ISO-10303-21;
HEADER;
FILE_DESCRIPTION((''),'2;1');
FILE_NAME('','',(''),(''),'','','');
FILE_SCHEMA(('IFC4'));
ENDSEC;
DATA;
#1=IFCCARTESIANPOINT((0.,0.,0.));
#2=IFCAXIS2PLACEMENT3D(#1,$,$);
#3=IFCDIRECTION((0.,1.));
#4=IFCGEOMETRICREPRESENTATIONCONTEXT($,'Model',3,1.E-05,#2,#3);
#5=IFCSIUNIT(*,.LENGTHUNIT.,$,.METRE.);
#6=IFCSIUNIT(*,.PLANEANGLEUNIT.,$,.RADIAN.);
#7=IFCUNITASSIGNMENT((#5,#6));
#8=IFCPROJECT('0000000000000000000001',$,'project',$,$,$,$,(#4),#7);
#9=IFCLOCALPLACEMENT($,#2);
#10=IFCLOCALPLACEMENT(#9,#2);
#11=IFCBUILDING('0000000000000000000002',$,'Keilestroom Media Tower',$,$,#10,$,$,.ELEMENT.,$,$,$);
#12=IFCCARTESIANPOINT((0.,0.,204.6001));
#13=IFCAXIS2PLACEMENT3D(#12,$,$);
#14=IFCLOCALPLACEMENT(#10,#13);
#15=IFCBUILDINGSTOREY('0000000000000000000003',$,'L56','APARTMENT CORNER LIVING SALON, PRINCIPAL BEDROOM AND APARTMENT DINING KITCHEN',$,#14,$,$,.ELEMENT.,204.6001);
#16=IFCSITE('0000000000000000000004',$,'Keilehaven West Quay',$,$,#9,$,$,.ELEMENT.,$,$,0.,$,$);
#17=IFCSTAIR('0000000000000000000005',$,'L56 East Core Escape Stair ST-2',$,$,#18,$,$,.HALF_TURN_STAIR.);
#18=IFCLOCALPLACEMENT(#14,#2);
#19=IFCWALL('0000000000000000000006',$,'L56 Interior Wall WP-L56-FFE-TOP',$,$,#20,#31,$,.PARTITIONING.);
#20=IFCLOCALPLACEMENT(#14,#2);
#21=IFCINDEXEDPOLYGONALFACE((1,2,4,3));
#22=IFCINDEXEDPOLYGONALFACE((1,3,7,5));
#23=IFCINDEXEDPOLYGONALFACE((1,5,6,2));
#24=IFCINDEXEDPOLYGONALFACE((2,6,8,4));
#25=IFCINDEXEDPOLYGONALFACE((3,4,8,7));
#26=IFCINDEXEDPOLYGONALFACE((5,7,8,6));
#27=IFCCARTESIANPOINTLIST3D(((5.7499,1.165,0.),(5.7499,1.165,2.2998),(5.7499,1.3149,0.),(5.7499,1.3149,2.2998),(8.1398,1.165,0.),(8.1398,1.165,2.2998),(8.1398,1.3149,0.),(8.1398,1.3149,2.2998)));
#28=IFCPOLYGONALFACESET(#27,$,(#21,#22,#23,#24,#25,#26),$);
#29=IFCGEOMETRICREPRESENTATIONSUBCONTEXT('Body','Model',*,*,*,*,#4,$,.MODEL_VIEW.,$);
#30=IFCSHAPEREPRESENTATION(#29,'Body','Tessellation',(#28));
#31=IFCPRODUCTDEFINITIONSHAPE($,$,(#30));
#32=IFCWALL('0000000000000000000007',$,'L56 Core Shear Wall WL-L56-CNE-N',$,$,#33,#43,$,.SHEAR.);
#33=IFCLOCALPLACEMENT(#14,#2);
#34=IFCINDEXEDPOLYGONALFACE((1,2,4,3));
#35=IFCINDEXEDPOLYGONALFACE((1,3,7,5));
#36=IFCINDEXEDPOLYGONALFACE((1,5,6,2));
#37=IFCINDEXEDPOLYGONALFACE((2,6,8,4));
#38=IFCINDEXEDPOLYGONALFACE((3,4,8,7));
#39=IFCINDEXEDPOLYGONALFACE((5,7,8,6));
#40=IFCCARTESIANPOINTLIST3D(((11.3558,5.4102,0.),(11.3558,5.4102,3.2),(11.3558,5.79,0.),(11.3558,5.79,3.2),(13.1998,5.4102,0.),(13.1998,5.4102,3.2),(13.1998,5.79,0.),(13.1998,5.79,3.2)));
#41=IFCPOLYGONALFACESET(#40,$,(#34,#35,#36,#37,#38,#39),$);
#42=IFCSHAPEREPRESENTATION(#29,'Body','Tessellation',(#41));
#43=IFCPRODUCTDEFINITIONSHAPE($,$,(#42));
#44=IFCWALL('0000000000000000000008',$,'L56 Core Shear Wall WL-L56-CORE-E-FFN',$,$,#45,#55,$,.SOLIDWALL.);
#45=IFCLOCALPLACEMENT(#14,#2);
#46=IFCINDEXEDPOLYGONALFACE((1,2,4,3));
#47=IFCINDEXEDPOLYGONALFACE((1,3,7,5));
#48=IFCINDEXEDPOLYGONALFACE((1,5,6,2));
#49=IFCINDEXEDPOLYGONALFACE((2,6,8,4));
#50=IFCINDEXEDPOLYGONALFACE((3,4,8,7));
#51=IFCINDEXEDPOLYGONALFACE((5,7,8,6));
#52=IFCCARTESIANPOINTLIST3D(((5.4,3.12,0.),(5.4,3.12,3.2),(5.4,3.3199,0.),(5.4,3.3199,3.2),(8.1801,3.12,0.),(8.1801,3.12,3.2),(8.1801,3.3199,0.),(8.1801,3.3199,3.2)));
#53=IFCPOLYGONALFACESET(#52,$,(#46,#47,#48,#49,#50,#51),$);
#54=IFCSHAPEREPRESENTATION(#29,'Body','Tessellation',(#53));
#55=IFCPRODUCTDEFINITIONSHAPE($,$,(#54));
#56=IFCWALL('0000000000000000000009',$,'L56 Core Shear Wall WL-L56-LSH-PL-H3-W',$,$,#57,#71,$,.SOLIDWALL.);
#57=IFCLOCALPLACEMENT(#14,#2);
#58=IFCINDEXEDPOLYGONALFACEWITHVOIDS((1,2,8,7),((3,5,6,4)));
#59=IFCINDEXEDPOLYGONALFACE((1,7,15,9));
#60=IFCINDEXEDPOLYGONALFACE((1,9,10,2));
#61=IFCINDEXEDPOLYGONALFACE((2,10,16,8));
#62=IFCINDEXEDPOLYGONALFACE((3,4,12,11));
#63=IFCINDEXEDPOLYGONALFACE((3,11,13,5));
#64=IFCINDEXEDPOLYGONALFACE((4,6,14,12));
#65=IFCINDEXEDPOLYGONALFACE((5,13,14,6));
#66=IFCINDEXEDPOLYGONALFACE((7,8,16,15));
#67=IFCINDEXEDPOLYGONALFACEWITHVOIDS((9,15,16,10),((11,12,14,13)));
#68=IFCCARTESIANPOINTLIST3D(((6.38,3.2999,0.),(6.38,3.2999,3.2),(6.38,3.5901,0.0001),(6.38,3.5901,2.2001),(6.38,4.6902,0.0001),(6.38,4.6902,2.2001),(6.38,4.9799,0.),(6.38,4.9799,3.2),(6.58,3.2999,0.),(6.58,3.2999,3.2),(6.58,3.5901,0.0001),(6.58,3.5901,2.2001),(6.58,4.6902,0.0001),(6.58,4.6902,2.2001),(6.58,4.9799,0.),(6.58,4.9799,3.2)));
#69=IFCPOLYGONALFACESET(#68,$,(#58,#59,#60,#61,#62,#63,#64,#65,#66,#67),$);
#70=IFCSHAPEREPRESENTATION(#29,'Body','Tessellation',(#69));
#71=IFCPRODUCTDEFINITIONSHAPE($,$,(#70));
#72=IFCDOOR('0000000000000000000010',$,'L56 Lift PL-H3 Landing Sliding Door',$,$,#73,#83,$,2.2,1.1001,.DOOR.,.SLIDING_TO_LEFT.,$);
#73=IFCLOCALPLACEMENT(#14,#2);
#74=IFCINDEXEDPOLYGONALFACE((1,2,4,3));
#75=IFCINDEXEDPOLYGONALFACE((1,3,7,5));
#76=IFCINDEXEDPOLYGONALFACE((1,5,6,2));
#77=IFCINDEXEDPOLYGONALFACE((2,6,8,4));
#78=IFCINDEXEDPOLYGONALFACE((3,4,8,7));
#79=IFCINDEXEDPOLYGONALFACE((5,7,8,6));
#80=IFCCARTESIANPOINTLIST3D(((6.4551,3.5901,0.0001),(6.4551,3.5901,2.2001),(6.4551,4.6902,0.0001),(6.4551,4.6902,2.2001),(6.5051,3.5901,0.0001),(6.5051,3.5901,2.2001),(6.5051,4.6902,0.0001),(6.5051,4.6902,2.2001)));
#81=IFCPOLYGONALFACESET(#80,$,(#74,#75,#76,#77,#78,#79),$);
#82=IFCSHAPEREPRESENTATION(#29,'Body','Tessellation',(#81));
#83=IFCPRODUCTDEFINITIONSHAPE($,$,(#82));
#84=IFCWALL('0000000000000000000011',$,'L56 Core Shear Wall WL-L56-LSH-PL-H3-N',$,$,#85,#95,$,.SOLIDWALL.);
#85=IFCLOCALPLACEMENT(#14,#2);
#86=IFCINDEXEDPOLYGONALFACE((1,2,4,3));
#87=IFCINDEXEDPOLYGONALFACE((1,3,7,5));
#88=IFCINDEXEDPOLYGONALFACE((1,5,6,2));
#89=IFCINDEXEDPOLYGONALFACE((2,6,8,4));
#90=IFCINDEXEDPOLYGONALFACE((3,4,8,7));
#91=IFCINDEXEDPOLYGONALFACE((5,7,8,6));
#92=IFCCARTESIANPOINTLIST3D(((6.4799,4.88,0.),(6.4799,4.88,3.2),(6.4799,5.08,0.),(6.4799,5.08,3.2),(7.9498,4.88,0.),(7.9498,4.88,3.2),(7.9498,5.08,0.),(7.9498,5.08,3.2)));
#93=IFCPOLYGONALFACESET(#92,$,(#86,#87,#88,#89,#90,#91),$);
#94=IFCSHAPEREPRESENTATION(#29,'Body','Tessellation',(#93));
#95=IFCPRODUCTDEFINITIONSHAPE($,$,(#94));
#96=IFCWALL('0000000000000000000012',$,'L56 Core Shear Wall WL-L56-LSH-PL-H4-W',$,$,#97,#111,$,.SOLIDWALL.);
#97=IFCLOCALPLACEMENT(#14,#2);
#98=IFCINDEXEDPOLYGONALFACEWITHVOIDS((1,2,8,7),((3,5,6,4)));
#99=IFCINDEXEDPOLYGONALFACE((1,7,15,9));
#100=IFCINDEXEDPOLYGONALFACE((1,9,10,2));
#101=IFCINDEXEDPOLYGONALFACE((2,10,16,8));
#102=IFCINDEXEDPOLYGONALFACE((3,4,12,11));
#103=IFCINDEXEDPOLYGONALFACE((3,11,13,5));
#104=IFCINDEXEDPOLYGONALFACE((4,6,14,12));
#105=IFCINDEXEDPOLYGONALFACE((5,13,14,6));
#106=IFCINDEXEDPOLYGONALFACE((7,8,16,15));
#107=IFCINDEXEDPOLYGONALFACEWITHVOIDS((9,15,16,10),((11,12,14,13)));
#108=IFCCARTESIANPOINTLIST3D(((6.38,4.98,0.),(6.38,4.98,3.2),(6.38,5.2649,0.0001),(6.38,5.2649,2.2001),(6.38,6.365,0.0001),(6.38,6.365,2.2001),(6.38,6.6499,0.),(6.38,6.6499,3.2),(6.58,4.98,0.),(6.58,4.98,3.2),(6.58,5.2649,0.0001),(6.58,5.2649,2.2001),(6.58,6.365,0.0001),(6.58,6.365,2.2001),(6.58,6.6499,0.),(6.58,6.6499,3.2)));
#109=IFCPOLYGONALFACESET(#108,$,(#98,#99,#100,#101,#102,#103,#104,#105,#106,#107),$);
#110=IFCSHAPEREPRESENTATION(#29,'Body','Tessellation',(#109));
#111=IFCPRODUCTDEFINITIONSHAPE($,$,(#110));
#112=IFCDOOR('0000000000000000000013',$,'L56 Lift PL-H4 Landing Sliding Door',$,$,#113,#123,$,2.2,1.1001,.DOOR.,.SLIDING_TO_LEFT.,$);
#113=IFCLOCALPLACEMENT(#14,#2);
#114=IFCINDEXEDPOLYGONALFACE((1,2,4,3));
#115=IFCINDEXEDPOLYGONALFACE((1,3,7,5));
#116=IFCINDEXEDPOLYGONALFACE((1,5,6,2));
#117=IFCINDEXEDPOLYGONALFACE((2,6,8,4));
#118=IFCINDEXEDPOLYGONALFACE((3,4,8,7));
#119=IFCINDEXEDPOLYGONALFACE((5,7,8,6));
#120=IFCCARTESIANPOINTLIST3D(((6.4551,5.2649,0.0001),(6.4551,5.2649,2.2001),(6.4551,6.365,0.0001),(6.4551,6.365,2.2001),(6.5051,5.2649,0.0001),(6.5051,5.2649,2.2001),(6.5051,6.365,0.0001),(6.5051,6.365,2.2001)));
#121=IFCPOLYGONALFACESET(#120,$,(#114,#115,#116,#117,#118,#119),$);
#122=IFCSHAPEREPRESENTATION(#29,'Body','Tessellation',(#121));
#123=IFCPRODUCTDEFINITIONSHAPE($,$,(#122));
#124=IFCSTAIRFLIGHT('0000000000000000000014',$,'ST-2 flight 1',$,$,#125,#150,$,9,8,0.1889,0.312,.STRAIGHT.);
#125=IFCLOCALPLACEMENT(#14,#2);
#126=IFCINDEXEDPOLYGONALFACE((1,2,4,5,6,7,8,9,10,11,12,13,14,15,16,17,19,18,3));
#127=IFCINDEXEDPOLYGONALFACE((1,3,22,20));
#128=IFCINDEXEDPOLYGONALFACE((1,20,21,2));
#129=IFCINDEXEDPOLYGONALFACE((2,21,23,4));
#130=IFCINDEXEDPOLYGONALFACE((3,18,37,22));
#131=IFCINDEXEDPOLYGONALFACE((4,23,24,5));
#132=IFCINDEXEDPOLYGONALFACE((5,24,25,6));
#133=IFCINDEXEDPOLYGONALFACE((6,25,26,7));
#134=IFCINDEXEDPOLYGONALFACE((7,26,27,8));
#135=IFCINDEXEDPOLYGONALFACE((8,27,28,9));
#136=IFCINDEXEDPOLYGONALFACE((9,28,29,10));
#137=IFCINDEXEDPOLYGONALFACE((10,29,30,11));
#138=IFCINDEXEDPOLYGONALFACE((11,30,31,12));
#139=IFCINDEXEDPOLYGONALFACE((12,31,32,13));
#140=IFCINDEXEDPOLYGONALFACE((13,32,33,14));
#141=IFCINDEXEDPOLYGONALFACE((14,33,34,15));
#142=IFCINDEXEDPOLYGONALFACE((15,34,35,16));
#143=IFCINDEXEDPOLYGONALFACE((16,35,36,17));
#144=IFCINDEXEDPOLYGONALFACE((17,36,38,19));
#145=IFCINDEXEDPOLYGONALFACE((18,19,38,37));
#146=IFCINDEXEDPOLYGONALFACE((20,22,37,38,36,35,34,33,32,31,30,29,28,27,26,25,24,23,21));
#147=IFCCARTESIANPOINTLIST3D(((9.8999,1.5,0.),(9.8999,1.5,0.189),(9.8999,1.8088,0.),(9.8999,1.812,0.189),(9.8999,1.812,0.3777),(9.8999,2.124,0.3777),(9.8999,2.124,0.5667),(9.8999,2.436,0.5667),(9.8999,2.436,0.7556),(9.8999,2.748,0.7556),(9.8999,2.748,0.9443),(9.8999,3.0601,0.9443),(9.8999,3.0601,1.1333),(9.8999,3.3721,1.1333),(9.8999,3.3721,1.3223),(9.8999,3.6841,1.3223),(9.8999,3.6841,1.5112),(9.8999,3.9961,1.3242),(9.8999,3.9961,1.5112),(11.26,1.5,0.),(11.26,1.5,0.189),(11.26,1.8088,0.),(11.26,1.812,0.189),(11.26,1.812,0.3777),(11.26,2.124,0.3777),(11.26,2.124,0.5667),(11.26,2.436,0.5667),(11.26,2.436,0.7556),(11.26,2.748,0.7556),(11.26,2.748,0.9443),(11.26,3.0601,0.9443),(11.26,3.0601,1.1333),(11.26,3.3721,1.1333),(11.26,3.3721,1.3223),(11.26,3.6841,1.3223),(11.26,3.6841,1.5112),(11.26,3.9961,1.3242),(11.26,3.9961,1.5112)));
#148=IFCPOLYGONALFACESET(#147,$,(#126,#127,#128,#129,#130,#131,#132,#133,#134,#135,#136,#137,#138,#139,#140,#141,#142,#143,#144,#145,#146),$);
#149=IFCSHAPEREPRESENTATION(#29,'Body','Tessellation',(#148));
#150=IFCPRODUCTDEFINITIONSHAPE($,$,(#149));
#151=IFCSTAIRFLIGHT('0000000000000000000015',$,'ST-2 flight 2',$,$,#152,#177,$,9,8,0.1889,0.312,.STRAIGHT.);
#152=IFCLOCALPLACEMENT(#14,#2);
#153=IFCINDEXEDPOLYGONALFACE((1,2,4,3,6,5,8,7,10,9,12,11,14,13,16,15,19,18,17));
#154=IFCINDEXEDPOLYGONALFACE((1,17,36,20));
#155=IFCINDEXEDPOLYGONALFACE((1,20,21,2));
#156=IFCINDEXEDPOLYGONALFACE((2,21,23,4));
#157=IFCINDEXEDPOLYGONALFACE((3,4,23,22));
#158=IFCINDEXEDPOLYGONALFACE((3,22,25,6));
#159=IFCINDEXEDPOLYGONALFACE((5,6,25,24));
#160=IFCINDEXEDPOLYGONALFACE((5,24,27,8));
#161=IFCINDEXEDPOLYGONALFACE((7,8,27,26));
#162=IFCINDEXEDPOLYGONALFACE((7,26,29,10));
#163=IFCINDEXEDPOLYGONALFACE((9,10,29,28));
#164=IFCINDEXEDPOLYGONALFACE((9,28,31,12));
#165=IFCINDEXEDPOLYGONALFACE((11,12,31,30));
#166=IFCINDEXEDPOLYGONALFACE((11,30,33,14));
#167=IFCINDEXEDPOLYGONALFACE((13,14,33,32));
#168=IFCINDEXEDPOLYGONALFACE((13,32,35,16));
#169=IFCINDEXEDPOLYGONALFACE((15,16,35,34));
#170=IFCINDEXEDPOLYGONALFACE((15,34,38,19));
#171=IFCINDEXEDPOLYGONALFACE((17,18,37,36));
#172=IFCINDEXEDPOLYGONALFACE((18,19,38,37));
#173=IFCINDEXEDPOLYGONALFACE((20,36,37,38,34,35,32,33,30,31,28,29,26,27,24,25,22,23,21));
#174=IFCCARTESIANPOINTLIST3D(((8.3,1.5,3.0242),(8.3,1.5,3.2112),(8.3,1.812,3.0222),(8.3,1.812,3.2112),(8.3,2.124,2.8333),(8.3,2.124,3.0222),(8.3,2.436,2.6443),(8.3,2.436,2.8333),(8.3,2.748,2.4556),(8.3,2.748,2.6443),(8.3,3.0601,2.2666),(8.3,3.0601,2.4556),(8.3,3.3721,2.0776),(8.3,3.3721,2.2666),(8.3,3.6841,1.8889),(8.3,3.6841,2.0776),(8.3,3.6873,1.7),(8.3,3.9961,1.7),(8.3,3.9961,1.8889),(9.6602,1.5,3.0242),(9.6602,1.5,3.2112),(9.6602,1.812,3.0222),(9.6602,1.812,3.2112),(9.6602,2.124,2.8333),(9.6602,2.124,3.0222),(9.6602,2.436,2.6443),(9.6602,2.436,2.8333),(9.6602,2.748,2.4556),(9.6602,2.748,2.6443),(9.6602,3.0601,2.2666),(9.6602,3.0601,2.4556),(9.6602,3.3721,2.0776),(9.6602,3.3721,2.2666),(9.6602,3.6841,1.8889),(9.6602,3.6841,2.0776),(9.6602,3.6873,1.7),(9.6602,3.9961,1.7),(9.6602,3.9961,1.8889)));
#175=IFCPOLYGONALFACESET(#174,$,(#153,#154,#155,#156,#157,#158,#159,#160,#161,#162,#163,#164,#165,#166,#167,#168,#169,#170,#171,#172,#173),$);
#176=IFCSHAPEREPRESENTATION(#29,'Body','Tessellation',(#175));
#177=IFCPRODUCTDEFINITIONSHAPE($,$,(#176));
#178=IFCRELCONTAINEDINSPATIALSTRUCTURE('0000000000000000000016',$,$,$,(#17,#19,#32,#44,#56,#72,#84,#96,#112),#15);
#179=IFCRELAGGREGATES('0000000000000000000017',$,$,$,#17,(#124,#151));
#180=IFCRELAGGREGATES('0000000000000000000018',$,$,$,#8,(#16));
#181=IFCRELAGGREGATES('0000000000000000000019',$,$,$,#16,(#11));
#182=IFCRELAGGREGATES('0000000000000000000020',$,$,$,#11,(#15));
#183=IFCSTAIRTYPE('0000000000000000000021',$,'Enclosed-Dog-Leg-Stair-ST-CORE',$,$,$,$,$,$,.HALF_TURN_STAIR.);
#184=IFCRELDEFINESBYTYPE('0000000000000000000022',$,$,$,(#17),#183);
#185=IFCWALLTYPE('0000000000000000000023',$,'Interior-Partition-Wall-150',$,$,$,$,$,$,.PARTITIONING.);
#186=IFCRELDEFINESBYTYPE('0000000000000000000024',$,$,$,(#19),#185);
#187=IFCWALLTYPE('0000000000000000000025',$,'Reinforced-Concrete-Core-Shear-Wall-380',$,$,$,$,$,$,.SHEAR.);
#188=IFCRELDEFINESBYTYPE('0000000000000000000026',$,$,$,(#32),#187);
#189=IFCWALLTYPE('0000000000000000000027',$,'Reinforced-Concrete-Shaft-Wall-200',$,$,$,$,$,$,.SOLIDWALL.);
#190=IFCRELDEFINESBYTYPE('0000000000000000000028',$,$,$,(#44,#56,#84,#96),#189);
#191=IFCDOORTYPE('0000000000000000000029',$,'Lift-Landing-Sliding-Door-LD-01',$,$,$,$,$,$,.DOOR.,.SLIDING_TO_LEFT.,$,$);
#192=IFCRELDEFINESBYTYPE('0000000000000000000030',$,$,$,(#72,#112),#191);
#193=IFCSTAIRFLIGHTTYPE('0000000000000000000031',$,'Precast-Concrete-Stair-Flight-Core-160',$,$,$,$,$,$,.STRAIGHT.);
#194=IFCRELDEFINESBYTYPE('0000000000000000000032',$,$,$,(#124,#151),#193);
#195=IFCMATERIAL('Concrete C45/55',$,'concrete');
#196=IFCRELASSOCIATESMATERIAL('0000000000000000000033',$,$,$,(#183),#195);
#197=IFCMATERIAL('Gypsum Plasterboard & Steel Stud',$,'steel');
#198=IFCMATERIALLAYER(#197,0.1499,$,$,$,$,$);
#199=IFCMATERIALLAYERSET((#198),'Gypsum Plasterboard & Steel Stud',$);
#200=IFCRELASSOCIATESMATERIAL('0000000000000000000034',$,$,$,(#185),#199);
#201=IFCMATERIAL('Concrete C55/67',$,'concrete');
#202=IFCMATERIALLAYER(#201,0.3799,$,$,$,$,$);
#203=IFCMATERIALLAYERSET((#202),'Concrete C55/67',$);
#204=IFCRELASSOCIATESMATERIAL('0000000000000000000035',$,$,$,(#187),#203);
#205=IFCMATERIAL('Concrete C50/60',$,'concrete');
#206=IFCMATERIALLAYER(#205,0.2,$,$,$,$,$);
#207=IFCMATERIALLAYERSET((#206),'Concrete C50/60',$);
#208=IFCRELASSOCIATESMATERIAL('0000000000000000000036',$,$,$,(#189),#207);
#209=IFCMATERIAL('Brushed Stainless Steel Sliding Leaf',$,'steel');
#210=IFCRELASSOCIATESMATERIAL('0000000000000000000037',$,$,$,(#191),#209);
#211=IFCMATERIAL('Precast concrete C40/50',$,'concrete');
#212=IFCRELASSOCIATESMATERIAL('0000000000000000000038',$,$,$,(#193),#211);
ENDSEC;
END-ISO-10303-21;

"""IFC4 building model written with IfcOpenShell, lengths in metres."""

from ifc_helpers import new_model, si_unit, direction, frame, frame_2d, origin, place, context, subcontext, project, spatial, polyline, rectangle, outline, extrude, source, transform, mapped, material, layer, layer_set, type_object, element, fill, aggregate, save


model = new_model("IFC4")

# Units and contexts
model_context = context("Model", 3, precision=1e-05, world=origin(), true_north=direction((0.0, 1.0)))
body_context = subcontext(model_context, "Body", "Model", "MODEL_VIEW")
ifc_project = project(units=[si_unit("LENGTHUNIT", "METRE"), si_unit("PLANEANGLEUNIT", "RADIAN")], contexts=[model_context])

# Site, building, storey
site_placement = place(None, origin())
site = spatial("IfcSite", under=ifc_project, at=site_placement, Name="Keilehaven West Quay", CompositionType="ELEMENT", RefElevation=0.0)
building_placement = place(site_placement, origin())
building = spatial("IfcBuilding", under=site, at=building_placement, Name="Keilestroom Media Tower", CompositionType="ELEMENT")
storey_placement = place(building_placement, frame((0.0, 0.0, 204.6001)))
storey = spatial("IfcBuildingStorey", under=building, at=storey_placement, Name="L56", Description="APARTMENT CORNER LIVING SALON, PRINCIPAL BEDROOM AND APARTMENT DINING KITCHEN", CompositionType="ELEMENT", Elevation=204.6001)

# Shared definitions
ifc_material_1 = material(Name="Concrete C50/60", Category="concrete")

# Stair
ifc_material_2 = material(Name="Concrete C45/55", Category="concrete")
stair_type = type_object("IfcStairType", Name="Enclosed-Dog-Leg-Stair-ST-CORE", PredefinedType="HALF_TURN_STAIR", material=ifc_material_2)
stair_1_placement = place(storey_placement, origin())
stair_1 = element("IfcStair", 1, at=stair_1_placement, inside=storey, type_object=stair_type, Name="L56 East Core Escape Stair ST-2", PredefinedType="HALF_TURN_STAIR")

# Walls
ifc_material_3 = material(Name="Gypsum Plasterboard & Steel Stud", Category="steel")
ifc_layer_1 = layer(ifc_material_3, 0.1499)
ifc_layer_set_1 = layer_set([ifc_layer_1], Name="Gypsum Plasterboard & Steel Stud")
wall_type_1 = type_object("IfcWallType", Name="Interior-Partition-Wall-150", PredefinedType="PARTITIONING", material=ifc_layer_set_1)
wall_1_placement = place(storey_placement, frame((5.75, 1.24, 0.0), z_axis=(0.0, 0.0, 1.0), x_axis=(1.0, 0.0, 0.0)))
element("IfcWall", 2, at=wall_1_placement, inside=storey, type_object=wall_type_1, Name="L56 Interior Wall WP-L56-FFE-TOP", PredefinedType="PARTITIONING", context=body_context, shape_type="SweptSolid", body=[
    extrude(rectangle(XDim=2.3899, YDim=0.1499, at=frame_2d((1.1948, 0.0))), origin(), (0.0, 0.0, 1.0), 2.2998),
])
ifc_material_4 = material(Name="Concrete C55/67", Category="concrete")
ifc_layer_2 = layer(ifc_material_4, 0.3799)
ifc_layer_set_2 = layer_set([ifc_layer_2], Name="Concrete C55/67")
wall_type_2 = type_object("IfcWallType", Name="Reinforced-Concrete-Core-Shear-Wall-380", PredefinedType="SHEAR", material=ifc_layer_set_2)
wall_2_placement = place(storey_placement, frame((11.356, 5.6001, 0.0), z_axis=(0.0, 0.0, 1.0), x_axis=(1.0, 0.0, 0.0)))
element("IfcWall", 3, at=wall_2_placement, inside=storey, type_object=wall_type_2, Name="L56 Core Shear Wall WL-L56-CNE-N", PredefinedType="SHEAR", context=body_context, shape_type="SweptSolid", body=[
    extrude(rectangle(XDim=1.844, YDim=0.3799, at=frame_2d((0.9219, 0.0))), origin(), (0.0, 0.0, 1.0), 3.2),
])
ifc_layer_3 = layer(ifc_material_1, 0.2)
ifc_layer_set_3 = layer_set([ifc_layer_3], Name="Concrete C50/60")
wall_type_3 = type_object("IfcWallType", Name="Reinforced-Concrete-Shaft-Wall-200", PredefinedType="SOLIDWALL", material=ifc_layer_set_3)
wall_3_placement = place(storey_placement, frame((5.3999, 3.22, 0.0), z_axis=(0.0, 0.0, 1.0), x_axis=(1.0, 0.0, 0.0)))
element("IfcWall", 4, at=wall_3_placement, inside=storey, type_object=wall_type_3, Name="L56 Core Shear Wall WL-L56-CORE-E-FFN", PredefinedType="SOLIDWALL", context=body_context, shape_type="SweptSolid", body=[
    extrude(rectangle(XDim=2.78, YDim=0.2, at=frame_2d((1.3901, 0.0))), origin(), (0.0, 0.0, 1.0), 3.2),
])

# Wall, opening, door
wall_4_placement = place(storey_placement, frame((6.48, 3.3, 0.0), z_axis=(0.0, 0.0, 1.0), x_axis=(0.0, 1.0, 0.0)))
wall_4 = element("IfcWall", 5, at=wall_4_placement, inside=storey, type_object=wall_type_3, Name="L56 Core Shear Wall WL-L56-LSH-PL-H3-W", PredefinedType="SOLIDWALL", context=body_context, shape_type="SweptSolid", body=[
    extrude(rectangle(XDim=1.6799, YDim=0.2, at=frame_2d((0.8398, 0.0))), origin(), (0.0, 0.0, 1.0), 3.2),
])
opening_1_placement = place(wall_4_placement, frame((0.29, 0.0, 0.0)))
opening_1 = element("IfcOpeningElement", 6, at=opening_1_placement, cuts=wall_4, PredefinedType="OPENING", context=body_context, shape_type="SweptSolid", body=[
    extrude(rectangle(XDim=1.1001, YDim=2.2, at=frame_2d((0.55, 1.1001))), frame((0.0, 0.1099, 0.0), z_axis=(0.0, -1.0, 0.0), x_axis=(1.0, 0.0, 0.0)), (0.0, 0.0, 1.0), 0.22),
])
ifc_material_5 = material(Name="Brushed Stainless Steel Sliding Leaf", Category="steel")
door_type = type_object("IfcDoorType", Name="Lift-Landing-Sliding-Door-LD-01", OperationType="SLIDING_TO_LEFT", PredefinedType="DOOR", material=ifc_material_5)
shared_shape_1 = source(origin(), body_context, "Body", "SweptSolid", [
    extrude(rectangle(XDim=1.1001, YDim=2.2, at=frame_2d((0.55, 1.1001))), frame((0.0, 0.0249, 0.0), z_axis=(0.0, -1.0, 0.0), x_axis=(1.0, 0.0, 0.0)), (0.0, 0.0, 1.0), 0.05),
])
door_1_placement = place(opening_1_placement, origin())
door_1 = element("IfcDoor", 7, at=door_1_placement, inside=storey, type_object=door_type, Name="L56 Lift PL-H3 Landing Sliding Door", OperationType="SLIDING_TO_LEFT", OverallHeight=2.2, OverallWidth=1.1001, PredefinedType="DOOR", context=body_context, shape_type="MappedRepresentation", body=[
    mapped(shared_shape_1, transform((0.0, 0.0, 0.0), x_axis=(1.0, 0.0, 0.0), y_axis=(0.0, 1.0, 0.0), z_axis=(0.0, 0.0, 1.0), scale=1.0)),
])
fill(opening_1, door_1)

# Wall
wall_5_placement = place(storey_placement, frame((6.48, 4.98, 0.0), z_axis=(0.0, 0.0, 1.0), x_axis=(1.0, 0.0, 0.0)))
element("IfcWall", 8, at=wall_5_placement, inside=storey, type_object=wall_type_3, Name="L56 Core Shear Wall WL-L56-LSH-PL-H3-N", PredefinedType="SOLIDWALL", context=body_context, shape_type="SweptSolid", body=[
    extrude(rectangle(XDim=1.47, YDim=0.2, at=frame_2d((0.7349, 0.0))), origin(), (0.0, 0.0, 1.0), 3.2),
])

# Wall, opening, door
wall_6_placement = place(storey_placement, frame((6.48, 4.98, 0.0), z_axis=(0.0, 0.0, 1.0), x_axis=(0.0, 1.0, 0.0)))
wall_6 = element("IfcWall", 9, at=wall_6_placement, inside=storey, type_object=wall_type_3, Name="L56 Core Shear Wall WL-L56-LSH-PL-H4-W", PredefinedType="SOLIDWALL", context=body_context, shape_type="SweptSolid", body=[
    extrude(rectangle(XDim=1.6699, YDim=0.2, at=frame_2d((0.835, 0.0))), origin(), (0.0, 0.0, 1.0), 3.2),
])
opening_2_placement = place(wall_6_placement, frame((0.2849, 0.0, 0.0)))
opening_2 = element("IfcOpeningElement", 10, at=opening_2_placement, cuts=wall_6, PredefinedType="OPENING", context=body_context, shape_type="SweptSolid", body=[
    extrude(rectangle(XDim=1.1001, YDim=2.2, at=frame_2d((0.55, 1.1001))), frame((0.0, 0.1099, 0.0), z_axis=(0.0, -1.0, 0.0), x_axis=(1.0, 0.0, 0.0)), (0.0, 0.0, 1.0), 0.22),
])
door_2_placement = place(opening_2_placement, origin())
door_2 = element("IfcDoor", 11, at=door_2_placement, inside=storey, type_object=door_type, Name="L56 Lift PL-H4 Landing Sliding Door", OperationType="SLIDING_TO_LEFT", OverallHeight=2.2, OverallWidth=1.1001, PredefinedType="DOOR", context=body_context, shape_type="MappedRepresentation", body=[
    mapped(shared_shape_1, transform((0.0, 0.0, 0.0), x_axis=(1.0, 0.0, 0.0), y_axis=(0.0, 1.0, 0.0), z_axis=(0.0, 0.0, 1.0), scale=1.0)),
])
fill(opening_2, door_2)

# Stair flights
ifc_material_6 = material(Name="Precast concrete C40/50", Category="concrete")
stair_flight_type = type_object("IfcStairFlightType", Name="Precast-Concrete-Stair-Flight-Core-160", PredefinedType="STRAIGHT", material=ifc_material_6)
stair_flight_1_placement = place(storey_placement, frame((10.5801, 1.5, 0.0), z_axis=(0.0, 0.0, 1.0), x_axis=(0.0, 1.0, 0.0)))
stair_flight_1 = element("IfcStairFlight", 12, at=stair_flight_1_placement, type_object=stair_flight_type, Name="ST-2 flight 1", NumberOfRisers=9, NumberOfTreads=8, PredefinedType="STRAIGHT", RiserHeight=0.1889, TreadLength=0.312, context=body_context, shape_type="SweptSolid", body=[
    extrude(outline(polyline([(0.0, 0.0), (0.0, 0.189), (0.312, 0.189), (0.312, 0.3777), (0.624, 0.3777), (0.624, 0.5667), (0.936, 0.5667), (0.936, 0.7556), (1.248, 0.7556), (1.248, 0.9443), (1.5601, 0.9443), (1.5601, 1.1333), (1.8721, 1.1333), (1.8721, 1.3223), (2.1841, 1.3223), (2.1841, 1.5112), (2.4961, 1.5112), (2.4961, 1.7), (2.4961, 1.3242), (0.3088, 0.0), (0.0, 0.0)])), frame((0.0, 0.6802, 0.0), z_axis=(0.0, -1.0, 0.0), x_axis=(1.0, 0.0, 0.0)), (0.0, 0.0, 1.0), 1.3601),
])
stair_flight_2_placement = place(storey_placement, frame((8.98, 3.9961, 1.7), z_axis=(0.0, 0.0, 1.0), x_axis=(0.0, -1.0, 0.0)))
stair_flight_2 = element("IfcStairFlight", 13, at=stair_flight_2_placement, type_object=stair_flight_type, Name="ST-2 flight 2", NumberOfRisers=9, NumberOfTreads=8, PredefinedType="STRAIGHT", RiserHeight=0.1889, TreadLength=0.312, context=body_context, shape_type="SweptSolid", body=[
    extrude(outline(polyline([(0.0, 0.0), (0.0, 0.189), (0.312, 0.189), (0.312, 0.3777), (0.624, 0.3777), (0.624, 0.5667), (0.936, 0.5667), (0.936, 0.7556), (1.248, 0.7556), (1.248, 0.9443), (1.5601, 0.9443), (1.5601, 1.1333), (1.8721, 1.1333), (1.8721, 1.3223), (2.1841, 1.3223), (2.1841, 1.5112), (2.4961, 1.5112), (2.4961, 1.7), (2.4961, 1.3242), (0.3088, 0.0), (0.0, 0.0)])), frame((0.0, 0.6802, 0.0), z_axis=(0.0, -1.0, 0.0), x_axis=(1.0, 0.0, 0.0)), (0.0, 0.0, 1.0), 1.3601),
])
aggregate(stair_1, [stair_flight_1, stair_flight_2])

save(model, "model.ifc")
